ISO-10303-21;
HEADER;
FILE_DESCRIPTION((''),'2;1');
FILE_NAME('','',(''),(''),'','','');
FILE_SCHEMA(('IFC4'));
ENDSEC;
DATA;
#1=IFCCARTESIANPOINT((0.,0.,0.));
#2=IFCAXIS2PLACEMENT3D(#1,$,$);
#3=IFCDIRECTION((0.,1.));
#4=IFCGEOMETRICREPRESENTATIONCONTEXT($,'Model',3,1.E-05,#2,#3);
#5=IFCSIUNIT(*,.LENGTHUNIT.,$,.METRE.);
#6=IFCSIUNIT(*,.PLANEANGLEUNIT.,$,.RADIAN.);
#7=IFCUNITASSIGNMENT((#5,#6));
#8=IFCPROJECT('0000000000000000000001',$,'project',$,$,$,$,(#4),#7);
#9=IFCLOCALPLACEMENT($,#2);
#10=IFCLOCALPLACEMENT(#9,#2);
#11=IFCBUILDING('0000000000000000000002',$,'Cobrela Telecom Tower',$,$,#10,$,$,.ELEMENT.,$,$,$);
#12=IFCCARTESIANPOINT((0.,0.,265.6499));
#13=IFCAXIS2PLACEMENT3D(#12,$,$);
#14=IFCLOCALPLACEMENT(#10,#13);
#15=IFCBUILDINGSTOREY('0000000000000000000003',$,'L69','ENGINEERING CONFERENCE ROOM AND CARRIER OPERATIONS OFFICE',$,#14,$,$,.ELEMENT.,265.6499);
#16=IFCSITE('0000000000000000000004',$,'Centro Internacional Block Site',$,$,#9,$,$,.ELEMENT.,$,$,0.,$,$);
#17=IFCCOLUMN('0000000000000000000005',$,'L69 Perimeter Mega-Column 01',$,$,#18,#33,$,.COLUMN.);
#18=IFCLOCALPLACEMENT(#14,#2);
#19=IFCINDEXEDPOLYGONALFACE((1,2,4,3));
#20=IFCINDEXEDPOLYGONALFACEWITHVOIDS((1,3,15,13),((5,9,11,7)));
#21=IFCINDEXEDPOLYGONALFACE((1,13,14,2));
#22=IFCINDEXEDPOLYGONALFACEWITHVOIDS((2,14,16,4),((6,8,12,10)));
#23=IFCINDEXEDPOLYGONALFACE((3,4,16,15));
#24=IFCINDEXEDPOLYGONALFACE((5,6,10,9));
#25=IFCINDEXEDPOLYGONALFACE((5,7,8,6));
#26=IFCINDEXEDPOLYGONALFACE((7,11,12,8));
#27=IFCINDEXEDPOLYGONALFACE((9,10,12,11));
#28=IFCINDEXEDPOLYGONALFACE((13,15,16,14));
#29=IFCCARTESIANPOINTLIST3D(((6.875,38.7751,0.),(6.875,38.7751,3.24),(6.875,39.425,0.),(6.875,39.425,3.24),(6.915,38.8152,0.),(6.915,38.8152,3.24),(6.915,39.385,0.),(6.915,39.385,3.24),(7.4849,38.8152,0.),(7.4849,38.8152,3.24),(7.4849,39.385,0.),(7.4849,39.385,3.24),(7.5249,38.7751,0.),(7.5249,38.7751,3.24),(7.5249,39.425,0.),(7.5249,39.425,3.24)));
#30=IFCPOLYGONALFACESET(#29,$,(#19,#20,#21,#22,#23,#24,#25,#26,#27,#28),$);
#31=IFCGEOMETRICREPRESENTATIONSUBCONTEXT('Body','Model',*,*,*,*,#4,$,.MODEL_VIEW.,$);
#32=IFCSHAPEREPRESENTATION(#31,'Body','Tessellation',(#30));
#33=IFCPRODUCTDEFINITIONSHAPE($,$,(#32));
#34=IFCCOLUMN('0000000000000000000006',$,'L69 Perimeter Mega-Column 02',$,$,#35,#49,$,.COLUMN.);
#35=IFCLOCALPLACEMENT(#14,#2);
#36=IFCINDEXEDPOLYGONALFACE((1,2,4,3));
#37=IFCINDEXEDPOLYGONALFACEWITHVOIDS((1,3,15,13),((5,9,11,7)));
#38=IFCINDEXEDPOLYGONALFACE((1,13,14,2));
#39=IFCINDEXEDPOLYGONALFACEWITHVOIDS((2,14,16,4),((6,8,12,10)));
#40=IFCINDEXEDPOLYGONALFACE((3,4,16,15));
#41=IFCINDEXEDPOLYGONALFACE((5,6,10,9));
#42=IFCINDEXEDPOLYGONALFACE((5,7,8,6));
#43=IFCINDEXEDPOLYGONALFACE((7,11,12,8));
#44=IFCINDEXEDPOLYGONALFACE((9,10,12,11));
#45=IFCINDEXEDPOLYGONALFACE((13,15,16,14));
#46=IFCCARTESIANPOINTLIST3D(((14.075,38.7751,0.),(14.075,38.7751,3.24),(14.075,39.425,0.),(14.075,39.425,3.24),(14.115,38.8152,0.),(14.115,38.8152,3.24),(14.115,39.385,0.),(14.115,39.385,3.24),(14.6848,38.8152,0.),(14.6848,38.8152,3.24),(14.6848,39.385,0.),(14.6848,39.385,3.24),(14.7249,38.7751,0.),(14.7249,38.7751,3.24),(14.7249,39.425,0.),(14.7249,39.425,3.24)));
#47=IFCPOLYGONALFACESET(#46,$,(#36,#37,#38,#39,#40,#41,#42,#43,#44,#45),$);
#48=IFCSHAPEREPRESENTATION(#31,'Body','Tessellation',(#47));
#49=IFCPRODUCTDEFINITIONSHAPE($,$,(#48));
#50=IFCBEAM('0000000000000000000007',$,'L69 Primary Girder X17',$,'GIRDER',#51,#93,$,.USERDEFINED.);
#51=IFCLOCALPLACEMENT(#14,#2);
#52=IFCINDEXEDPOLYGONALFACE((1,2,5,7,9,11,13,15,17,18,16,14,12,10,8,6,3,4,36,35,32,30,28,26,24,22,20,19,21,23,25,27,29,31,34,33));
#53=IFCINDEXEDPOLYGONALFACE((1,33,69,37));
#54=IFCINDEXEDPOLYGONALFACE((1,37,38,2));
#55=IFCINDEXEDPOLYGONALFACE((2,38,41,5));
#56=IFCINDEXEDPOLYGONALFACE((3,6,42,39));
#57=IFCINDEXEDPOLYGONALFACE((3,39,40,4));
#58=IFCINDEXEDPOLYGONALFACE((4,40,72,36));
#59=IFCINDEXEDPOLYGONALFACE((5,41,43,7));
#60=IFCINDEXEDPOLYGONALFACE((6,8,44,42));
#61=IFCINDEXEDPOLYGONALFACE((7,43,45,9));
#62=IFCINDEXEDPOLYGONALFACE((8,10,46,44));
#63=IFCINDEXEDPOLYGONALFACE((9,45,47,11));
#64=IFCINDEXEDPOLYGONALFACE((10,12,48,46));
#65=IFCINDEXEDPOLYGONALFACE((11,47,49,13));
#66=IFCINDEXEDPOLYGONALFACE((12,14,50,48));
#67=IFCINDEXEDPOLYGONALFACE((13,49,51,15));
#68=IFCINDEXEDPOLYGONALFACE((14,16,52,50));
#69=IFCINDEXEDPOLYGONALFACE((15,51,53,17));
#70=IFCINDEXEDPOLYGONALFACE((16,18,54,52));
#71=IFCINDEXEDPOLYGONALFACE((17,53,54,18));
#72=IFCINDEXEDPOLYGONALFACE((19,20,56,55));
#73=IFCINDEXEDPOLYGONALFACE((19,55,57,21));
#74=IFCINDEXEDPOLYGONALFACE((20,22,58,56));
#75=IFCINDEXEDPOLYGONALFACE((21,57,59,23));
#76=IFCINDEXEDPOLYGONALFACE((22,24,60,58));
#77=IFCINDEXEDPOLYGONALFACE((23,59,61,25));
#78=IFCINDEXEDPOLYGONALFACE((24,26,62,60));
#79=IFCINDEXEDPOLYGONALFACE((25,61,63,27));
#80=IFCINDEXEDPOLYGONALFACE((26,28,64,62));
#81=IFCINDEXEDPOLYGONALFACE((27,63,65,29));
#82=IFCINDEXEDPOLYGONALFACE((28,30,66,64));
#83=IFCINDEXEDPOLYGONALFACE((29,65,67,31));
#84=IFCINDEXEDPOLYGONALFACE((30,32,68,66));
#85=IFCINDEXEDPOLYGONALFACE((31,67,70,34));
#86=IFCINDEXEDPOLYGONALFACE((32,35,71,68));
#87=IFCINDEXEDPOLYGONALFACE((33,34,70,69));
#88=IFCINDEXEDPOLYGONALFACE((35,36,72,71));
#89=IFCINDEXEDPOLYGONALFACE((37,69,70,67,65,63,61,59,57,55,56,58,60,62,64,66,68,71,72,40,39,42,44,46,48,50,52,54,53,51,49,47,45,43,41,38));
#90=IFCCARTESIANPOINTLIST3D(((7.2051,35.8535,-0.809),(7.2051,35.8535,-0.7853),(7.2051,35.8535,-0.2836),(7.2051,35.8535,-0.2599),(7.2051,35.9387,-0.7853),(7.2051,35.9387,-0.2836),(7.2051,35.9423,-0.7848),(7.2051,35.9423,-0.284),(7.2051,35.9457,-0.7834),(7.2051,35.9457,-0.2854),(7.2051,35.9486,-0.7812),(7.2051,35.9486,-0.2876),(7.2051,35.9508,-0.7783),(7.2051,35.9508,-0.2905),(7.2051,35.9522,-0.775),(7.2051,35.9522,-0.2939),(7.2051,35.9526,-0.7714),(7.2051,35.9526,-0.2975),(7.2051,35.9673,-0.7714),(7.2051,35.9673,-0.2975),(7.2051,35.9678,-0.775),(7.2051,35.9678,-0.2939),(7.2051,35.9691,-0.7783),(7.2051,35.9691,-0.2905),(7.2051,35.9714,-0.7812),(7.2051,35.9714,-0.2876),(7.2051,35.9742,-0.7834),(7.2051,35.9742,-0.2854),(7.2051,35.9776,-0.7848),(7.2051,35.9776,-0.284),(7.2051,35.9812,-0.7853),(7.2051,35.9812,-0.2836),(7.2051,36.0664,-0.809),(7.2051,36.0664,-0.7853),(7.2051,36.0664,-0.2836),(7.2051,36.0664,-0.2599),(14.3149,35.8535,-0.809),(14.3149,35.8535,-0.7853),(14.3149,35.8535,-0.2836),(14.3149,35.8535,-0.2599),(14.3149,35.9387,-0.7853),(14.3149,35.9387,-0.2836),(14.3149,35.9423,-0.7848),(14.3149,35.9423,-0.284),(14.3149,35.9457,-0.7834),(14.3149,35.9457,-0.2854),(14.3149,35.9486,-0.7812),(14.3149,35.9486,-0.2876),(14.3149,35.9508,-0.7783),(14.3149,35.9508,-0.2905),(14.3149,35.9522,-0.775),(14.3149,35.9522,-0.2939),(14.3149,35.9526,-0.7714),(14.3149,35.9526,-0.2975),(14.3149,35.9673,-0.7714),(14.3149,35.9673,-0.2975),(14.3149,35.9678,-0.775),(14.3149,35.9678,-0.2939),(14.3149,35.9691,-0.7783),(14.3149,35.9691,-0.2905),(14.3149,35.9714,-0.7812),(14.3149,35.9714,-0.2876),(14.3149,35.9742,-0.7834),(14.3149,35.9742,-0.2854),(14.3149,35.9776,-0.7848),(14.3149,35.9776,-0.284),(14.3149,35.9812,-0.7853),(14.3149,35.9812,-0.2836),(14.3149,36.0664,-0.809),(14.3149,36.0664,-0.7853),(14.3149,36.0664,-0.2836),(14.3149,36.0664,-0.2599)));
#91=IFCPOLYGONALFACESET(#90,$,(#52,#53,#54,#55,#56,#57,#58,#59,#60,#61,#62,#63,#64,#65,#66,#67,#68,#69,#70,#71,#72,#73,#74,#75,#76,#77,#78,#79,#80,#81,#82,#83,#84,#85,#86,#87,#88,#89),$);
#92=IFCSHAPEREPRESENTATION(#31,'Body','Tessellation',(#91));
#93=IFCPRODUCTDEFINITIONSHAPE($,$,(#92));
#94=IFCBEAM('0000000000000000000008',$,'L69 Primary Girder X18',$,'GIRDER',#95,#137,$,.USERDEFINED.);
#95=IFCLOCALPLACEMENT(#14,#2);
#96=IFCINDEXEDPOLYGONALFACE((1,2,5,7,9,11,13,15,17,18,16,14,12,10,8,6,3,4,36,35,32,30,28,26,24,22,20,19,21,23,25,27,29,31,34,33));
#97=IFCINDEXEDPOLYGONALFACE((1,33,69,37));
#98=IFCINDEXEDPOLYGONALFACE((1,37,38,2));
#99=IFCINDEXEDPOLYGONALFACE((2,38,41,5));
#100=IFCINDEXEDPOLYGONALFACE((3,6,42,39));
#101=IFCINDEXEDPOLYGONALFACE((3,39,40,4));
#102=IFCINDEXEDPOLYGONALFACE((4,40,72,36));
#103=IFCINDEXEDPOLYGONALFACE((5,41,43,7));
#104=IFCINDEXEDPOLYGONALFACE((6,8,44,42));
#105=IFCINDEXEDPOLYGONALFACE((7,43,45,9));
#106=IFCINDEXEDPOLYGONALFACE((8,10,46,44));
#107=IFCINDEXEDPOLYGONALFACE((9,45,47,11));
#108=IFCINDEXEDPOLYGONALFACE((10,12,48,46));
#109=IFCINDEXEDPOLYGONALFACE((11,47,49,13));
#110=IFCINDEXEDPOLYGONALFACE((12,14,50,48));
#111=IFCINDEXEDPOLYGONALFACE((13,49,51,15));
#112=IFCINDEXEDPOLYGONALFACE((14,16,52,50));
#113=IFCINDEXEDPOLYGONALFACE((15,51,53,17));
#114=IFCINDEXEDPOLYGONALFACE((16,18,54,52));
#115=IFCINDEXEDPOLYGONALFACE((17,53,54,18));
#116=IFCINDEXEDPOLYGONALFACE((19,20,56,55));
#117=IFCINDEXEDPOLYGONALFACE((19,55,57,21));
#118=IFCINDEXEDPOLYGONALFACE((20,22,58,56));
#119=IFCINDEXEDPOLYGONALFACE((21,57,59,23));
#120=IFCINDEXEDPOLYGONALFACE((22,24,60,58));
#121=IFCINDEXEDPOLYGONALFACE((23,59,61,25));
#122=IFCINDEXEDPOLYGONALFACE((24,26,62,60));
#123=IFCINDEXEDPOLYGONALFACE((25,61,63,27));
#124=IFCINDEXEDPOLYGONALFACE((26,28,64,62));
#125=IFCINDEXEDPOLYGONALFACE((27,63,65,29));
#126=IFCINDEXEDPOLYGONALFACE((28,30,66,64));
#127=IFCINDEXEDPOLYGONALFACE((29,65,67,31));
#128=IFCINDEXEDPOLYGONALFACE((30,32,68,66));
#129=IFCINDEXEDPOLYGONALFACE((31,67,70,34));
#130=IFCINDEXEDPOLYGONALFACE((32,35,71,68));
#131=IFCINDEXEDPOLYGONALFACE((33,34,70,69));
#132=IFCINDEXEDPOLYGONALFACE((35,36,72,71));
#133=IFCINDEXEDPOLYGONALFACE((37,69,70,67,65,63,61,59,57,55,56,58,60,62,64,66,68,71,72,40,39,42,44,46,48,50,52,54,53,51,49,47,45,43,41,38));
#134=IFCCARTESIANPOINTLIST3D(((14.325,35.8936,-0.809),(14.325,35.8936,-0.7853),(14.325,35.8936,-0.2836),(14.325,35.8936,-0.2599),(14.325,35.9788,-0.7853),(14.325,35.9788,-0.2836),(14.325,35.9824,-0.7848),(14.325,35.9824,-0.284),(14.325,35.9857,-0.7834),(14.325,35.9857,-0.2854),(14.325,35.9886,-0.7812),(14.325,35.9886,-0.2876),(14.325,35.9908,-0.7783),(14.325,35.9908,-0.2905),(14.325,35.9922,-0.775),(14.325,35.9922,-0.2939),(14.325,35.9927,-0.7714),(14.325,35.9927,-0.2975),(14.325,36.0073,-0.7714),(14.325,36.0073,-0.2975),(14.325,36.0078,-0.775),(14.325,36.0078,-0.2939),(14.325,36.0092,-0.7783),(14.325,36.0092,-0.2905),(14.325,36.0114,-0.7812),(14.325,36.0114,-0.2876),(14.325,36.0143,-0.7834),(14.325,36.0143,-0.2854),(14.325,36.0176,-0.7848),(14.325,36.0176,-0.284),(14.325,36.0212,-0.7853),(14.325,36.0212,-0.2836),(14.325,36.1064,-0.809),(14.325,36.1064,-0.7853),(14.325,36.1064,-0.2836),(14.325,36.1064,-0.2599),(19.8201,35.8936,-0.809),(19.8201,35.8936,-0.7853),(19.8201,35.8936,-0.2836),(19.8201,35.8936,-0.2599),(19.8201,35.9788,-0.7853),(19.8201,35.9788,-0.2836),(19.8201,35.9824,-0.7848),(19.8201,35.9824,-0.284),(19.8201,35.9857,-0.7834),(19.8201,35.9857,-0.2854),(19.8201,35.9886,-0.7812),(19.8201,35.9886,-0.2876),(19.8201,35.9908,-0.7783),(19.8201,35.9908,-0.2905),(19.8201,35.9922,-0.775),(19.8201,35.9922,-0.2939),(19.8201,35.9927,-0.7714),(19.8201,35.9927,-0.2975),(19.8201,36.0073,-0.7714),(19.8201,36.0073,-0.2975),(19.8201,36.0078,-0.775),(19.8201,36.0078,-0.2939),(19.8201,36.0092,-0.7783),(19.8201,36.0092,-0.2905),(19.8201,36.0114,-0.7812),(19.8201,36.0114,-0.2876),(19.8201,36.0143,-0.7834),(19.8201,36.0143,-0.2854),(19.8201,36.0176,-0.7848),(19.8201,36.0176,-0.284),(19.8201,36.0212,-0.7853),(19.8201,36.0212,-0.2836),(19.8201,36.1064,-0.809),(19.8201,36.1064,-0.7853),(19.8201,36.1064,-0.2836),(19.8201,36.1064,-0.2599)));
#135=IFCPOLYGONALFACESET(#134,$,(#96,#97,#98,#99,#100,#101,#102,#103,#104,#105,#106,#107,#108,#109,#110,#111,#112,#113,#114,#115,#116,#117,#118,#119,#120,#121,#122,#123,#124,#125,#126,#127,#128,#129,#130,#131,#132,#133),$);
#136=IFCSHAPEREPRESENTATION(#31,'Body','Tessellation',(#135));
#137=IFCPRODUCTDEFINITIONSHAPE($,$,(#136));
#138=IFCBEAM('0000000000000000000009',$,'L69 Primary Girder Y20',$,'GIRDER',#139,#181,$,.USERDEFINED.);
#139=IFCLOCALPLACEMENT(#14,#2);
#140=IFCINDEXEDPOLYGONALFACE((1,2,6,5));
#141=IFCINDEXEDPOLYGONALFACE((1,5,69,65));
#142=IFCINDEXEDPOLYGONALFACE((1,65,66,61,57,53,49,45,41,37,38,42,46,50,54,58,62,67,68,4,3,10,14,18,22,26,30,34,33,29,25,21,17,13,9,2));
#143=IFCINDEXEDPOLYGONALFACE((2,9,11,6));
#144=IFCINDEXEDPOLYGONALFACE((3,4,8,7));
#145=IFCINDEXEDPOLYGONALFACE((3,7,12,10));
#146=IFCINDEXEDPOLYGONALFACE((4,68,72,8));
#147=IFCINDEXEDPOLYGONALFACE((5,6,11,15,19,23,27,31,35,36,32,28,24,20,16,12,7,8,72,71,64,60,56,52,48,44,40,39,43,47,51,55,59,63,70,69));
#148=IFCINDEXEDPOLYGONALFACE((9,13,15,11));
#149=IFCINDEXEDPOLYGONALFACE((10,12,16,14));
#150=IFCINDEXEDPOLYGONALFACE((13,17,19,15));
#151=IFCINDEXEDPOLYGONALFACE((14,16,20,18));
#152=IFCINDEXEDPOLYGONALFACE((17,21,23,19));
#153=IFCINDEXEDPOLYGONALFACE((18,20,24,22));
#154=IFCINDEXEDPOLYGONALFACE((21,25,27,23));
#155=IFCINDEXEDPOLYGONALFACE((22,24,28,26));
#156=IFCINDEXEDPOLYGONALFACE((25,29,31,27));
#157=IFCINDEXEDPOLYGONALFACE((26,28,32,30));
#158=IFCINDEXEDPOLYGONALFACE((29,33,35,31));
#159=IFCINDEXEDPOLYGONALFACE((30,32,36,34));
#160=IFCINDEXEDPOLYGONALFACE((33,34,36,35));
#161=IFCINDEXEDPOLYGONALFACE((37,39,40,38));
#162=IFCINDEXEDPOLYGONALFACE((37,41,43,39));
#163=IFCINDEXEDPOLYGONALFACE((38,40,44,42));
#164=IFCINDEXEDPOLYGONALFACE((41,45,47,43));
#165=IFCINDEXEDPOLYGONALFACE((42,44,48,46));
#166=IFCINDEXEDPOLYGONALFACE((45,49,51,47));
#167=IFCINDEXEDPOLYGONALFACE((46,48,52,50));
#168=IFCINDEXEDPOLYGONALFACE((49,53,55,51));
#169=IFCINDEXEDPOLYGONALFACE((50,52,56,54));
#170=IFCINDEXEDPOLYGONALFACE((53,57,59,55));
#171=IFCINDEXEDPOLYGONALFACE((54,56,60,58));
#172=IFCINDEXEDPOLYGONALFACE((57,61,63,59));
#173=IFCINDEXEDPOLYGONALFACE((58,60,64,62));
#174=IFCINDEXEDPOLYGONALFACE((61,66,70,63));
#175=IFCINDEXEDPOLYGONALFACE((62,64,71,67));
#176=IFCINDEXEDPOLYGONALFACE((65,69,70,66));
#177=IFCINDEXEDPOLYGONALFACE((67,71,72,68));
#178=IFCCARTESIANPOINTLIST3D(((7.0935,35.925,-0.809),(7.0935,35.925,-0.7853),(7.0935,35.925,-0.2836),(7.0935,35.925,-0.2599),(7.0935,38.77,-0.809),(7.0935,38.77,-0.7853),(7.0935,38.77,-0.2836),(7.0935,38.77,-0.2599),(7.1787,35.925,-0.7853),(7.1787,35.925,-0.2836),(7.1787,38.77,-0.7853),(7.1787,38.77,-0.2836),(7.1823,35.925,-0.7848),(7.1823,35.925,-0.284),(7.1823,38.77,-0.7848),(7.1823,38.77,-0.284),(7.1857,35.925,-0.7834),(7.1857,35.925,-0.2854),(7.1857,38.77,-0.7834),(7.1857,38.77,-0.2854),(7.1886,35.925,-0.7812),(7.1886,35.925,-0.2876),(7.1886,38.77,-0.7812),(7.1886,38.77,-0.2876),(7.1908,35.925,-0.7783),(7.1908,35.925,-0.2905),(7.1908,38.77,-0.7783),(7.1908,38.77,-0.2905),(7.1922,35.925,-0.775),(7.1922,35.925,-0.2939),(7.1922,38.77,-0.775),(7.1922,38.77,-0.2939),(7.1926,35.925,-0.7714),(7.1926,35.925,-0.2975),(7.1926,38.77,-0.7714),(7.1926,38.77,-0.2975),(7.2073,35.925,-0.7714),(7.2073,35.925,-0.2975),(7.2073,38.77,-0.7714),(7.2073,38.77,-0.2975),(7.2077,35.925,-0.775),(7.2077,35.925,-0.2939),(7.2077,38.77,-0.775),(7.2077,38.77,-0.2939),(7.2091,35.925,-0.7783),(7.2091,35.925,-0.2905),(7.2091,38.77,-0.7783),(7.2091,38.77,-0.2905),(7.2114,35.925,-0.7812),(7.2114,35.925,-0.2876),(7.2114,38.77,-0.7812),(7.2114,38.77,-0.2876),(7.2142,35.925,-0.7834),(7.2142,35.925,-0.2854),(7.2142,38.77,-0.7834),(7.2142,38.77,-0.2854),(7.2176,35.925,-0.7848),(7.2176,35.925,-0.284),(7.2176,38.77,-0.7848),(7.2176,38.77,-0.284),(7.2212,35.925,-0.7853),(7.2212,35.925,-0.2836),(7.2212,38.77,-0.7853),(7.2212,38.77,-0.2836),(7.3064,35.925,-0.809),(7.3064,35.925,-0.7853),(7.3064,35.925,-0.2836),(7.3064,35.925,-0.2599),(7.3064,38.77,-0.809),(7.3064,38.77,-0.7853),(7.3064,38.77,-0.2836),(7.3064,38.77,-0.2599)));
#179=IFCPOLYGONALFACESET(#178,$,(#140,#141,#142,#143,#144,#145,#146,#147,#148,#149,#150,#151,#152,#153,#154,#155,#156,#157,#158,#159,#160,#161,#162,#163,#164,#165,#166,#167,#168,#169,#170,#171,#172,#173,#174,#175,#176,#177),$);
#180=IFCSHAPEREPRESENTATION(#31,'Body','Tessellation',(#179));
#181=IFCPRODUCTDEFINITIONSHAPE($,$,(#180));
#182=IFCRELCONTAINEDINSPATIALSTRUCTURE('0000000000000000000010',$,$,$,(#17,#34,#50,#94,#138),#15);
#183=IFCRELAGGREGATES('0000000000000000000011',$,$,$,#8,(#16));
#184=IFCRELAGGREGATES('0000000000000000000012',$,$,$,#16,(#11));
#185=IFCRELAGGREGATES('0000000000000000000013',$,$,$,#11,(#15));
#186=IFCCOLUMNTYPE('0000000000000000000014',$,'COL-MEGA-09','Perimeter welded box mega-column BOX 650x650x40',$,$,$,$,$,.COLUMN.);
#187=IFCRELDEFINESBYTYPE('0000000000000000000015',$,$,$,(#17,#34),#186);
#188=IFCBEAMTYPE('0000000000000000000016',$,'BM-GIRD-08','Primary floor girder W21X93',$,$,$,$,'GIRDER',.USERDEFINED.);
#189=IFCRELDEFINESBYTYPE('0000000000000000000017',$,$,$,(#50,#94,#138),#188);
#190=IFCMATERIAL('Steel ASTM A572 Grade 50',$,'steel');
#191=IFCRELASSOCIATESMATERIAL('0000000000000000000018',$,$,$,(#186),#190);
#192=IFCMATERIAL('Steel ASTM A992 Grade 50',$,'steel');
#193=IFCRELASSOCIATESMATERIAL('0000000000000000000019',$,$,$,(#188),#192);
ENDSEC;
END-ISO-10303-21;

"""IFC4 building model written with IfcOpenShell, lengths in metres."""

from ifc_helpers import new_model, si_unit, direction, frame, origin, origin_2d, place, context, subcontext, project, spatial, hollow_rectangle, i_section, extrude, material, material_profile, profile_set, type_object, element, save


model = new_model("IFC4")

# Units and contexts
model_context = context("Model", 3, precision=1e-05, world=origin(), true_north=direction((0.0, 1.0)))
body_context = subcontext(model_context, "Body", "Model", "MODEL_VIEW")
ifc_project = project(units=[si_unit("LENGTHUNIT", "METRE"), si_unit("PLANEANGLEUNIT", "RADIAN")], contexts=[model_context])

# Site, building, storey
site_placement = place(None, origin())
site = spatial("IfcSite", under=ifc_project, at=site_placement, Name="Centro Internacional Block Site", CompositionType="ELEMENT", RefElevation=0.0)
building_placement = place(site_placement, origin())
building = spatial("IfcBuilding", under=site, at=building_placement, Name="Cobrela Telecom Tower", CompositionType="ELEMENT")
storey_placement = place(building_placement, frame((0.0, 0.0, 265.6499)))
storey = spatial("IfcBuildingStorey", under=building, at=storey_placement, Name="L69", Description="ENGINEERING CONFERENCE ROOM AND CARRIER OPERATIONS OFFICE", CompositionType="ELEMENT", Elevation=265.6499)

# Columns
ifc_material_1 = material(Name="Steel ASTM A572 Grade 50", Category="steel")
ifc_material_profile_1 = material_profile(ifc_material_1, hollow_rectangle(XDim=0.6499, YDim=0.6499, WallThickness=0.04, at=origin_2d()), Name="BOX 650x650x40")
ifc_profile_set_1 = profile_set([ifc_material_profile_1], Name="Steel ASTM A572 Grade 50")
column_type = type_object("IfcColumnType", Name="COL-MEGA-09", Description="Perimeter welded box mega-column BOX 650x650x40", PredefinedType="COLUMN", material=ifc_profile_set_1)
for number, where, z_axis, x_axis, name in (
    (1, (7.2, 39.1001, 0.0), (0.0, 0.0, 1.0), (1.0, 0.0, 0.0), "L69 Perimeter Mega-Column 01"),
    (2, (14.3999, 39.1001, 0.0), (0.0, 0.0, 1.0), (1.0, 0.0, 0.0), "L69 Perimeter Mega-Column 02"),
):
    element("IfcColumn", number, at=place(storey_placement, frame(where, z_axis=z_axis, x_axis=x_axis)), inside=storey, type_object=column_type, Name=name, PredefinedType="COLUMN", context=body_context, shape_type="SweptSolid", body=[
        extrude(hollow_rectangle(XDim=0.6499, YDim=0.6499, WallThickness=0.04, at=origin_2d()), origin(), (0.0, 0.0, 1.0), 3.24),
    ])

# Beams
ifc_material_2 = material(Name="Steel ASTM A992 Grade 50", Category="steel")
ifc_material_profile_2 = material_profile(ifc_material_2, i_section(OverallWidth=0.2129, OverallDepth=0.5491, WebThickness=0.0146, FlangeThickness=0.0237, FilletRadius=0.0139, at=origin_2d()), Name="W21X93")
ifc_profile_set_2 = profile_set([ifc_material_profile_2], Name="Steel ASTM A992 Grade 50")
beam_type_1 = type_object("IfcBeamType", Name="BM-GIRD-08", Description="Primary floor girder W21X93", ElementType="GIRDER", PredefinedType="USERDEFINED", material=ifc_profile_set_2)
beam_1_placement = place(storey_placement, frame((7.2051, 35.96, -0.5344), z_axis=(1.0, 0.0, 0.0), x_axis=(0.0, 1.0, 0.0)))
element("IfcBeam", 3, at=beam_1_placement, inside=storey, type_object=beam_type_1, Name="L69 Primary Girder X17", ObjectType="GIRDER", PredefinedType="USERDEFINED", context=body_context, shape_type="SweptSolid", body=[
    extrude(i_section(OverallWidth=0.2129, OverallDepth=0.5491, WebThickness=0.0146, FlangeThickness=0.0237, FilletRadius=0.0139, at=origin_2d()), origin(), (0.0, 0.0, 1.0), 7.1099),
])
beam_2_placement = place(storey_placement, frame((14.325, 36.0, -0.5344), z_axis=(1.0, 0.0, 0.0), x_axis=(0.0, 1.0, 0.0)))
element("IfcBeam", 4, at=beam_2_placement, inside=storey, type_object=beam_type_1, Name="L69 Primary Girder X18", ObjectType="GIRDER", PredefinedType="USERDEFINED", context=body_context, shape_type="SweptSolid", body=[
    extrude(i_section(OverallWidth=0.2129, OverallDepth=0.5491, WebThickness=0.0146, FlangeThickness=0.0237, FilletRadius=0.0139, at=origin_2d()), origin(), (0.0, 0.0, 1.0), 5.4951),
])
for number, where, z_axis, x_axis, name in (
    (5, (7.2, 35.925, -0.5344), (0.0, 1.0, 0.0), (-1.0, 0.0, 0.0), "L69 Primary Girder Y20"),
):
    element("IfcBeam", number, at=place(storey_placement, frame(where, z_axis=z_axis, x_axis=x_axis)), inside=storey, type_object=beam_type_1, Name=name, ObjectType="GIRDER", PredefinedType="USERDEFINED", context=body_context, shape_type="SweptSolid", body=[
        extrude(i_section(OverallWidth=0.2129, OverallDepth=0.5491, WebThickness=0.0146, FlangeThickness=0.0237, FilletRadius=0.0139, at=origin_2d()), origin(), (0.0, 0.0, 1.0), 2.845),
    ])

save(model, "model.ifc")
